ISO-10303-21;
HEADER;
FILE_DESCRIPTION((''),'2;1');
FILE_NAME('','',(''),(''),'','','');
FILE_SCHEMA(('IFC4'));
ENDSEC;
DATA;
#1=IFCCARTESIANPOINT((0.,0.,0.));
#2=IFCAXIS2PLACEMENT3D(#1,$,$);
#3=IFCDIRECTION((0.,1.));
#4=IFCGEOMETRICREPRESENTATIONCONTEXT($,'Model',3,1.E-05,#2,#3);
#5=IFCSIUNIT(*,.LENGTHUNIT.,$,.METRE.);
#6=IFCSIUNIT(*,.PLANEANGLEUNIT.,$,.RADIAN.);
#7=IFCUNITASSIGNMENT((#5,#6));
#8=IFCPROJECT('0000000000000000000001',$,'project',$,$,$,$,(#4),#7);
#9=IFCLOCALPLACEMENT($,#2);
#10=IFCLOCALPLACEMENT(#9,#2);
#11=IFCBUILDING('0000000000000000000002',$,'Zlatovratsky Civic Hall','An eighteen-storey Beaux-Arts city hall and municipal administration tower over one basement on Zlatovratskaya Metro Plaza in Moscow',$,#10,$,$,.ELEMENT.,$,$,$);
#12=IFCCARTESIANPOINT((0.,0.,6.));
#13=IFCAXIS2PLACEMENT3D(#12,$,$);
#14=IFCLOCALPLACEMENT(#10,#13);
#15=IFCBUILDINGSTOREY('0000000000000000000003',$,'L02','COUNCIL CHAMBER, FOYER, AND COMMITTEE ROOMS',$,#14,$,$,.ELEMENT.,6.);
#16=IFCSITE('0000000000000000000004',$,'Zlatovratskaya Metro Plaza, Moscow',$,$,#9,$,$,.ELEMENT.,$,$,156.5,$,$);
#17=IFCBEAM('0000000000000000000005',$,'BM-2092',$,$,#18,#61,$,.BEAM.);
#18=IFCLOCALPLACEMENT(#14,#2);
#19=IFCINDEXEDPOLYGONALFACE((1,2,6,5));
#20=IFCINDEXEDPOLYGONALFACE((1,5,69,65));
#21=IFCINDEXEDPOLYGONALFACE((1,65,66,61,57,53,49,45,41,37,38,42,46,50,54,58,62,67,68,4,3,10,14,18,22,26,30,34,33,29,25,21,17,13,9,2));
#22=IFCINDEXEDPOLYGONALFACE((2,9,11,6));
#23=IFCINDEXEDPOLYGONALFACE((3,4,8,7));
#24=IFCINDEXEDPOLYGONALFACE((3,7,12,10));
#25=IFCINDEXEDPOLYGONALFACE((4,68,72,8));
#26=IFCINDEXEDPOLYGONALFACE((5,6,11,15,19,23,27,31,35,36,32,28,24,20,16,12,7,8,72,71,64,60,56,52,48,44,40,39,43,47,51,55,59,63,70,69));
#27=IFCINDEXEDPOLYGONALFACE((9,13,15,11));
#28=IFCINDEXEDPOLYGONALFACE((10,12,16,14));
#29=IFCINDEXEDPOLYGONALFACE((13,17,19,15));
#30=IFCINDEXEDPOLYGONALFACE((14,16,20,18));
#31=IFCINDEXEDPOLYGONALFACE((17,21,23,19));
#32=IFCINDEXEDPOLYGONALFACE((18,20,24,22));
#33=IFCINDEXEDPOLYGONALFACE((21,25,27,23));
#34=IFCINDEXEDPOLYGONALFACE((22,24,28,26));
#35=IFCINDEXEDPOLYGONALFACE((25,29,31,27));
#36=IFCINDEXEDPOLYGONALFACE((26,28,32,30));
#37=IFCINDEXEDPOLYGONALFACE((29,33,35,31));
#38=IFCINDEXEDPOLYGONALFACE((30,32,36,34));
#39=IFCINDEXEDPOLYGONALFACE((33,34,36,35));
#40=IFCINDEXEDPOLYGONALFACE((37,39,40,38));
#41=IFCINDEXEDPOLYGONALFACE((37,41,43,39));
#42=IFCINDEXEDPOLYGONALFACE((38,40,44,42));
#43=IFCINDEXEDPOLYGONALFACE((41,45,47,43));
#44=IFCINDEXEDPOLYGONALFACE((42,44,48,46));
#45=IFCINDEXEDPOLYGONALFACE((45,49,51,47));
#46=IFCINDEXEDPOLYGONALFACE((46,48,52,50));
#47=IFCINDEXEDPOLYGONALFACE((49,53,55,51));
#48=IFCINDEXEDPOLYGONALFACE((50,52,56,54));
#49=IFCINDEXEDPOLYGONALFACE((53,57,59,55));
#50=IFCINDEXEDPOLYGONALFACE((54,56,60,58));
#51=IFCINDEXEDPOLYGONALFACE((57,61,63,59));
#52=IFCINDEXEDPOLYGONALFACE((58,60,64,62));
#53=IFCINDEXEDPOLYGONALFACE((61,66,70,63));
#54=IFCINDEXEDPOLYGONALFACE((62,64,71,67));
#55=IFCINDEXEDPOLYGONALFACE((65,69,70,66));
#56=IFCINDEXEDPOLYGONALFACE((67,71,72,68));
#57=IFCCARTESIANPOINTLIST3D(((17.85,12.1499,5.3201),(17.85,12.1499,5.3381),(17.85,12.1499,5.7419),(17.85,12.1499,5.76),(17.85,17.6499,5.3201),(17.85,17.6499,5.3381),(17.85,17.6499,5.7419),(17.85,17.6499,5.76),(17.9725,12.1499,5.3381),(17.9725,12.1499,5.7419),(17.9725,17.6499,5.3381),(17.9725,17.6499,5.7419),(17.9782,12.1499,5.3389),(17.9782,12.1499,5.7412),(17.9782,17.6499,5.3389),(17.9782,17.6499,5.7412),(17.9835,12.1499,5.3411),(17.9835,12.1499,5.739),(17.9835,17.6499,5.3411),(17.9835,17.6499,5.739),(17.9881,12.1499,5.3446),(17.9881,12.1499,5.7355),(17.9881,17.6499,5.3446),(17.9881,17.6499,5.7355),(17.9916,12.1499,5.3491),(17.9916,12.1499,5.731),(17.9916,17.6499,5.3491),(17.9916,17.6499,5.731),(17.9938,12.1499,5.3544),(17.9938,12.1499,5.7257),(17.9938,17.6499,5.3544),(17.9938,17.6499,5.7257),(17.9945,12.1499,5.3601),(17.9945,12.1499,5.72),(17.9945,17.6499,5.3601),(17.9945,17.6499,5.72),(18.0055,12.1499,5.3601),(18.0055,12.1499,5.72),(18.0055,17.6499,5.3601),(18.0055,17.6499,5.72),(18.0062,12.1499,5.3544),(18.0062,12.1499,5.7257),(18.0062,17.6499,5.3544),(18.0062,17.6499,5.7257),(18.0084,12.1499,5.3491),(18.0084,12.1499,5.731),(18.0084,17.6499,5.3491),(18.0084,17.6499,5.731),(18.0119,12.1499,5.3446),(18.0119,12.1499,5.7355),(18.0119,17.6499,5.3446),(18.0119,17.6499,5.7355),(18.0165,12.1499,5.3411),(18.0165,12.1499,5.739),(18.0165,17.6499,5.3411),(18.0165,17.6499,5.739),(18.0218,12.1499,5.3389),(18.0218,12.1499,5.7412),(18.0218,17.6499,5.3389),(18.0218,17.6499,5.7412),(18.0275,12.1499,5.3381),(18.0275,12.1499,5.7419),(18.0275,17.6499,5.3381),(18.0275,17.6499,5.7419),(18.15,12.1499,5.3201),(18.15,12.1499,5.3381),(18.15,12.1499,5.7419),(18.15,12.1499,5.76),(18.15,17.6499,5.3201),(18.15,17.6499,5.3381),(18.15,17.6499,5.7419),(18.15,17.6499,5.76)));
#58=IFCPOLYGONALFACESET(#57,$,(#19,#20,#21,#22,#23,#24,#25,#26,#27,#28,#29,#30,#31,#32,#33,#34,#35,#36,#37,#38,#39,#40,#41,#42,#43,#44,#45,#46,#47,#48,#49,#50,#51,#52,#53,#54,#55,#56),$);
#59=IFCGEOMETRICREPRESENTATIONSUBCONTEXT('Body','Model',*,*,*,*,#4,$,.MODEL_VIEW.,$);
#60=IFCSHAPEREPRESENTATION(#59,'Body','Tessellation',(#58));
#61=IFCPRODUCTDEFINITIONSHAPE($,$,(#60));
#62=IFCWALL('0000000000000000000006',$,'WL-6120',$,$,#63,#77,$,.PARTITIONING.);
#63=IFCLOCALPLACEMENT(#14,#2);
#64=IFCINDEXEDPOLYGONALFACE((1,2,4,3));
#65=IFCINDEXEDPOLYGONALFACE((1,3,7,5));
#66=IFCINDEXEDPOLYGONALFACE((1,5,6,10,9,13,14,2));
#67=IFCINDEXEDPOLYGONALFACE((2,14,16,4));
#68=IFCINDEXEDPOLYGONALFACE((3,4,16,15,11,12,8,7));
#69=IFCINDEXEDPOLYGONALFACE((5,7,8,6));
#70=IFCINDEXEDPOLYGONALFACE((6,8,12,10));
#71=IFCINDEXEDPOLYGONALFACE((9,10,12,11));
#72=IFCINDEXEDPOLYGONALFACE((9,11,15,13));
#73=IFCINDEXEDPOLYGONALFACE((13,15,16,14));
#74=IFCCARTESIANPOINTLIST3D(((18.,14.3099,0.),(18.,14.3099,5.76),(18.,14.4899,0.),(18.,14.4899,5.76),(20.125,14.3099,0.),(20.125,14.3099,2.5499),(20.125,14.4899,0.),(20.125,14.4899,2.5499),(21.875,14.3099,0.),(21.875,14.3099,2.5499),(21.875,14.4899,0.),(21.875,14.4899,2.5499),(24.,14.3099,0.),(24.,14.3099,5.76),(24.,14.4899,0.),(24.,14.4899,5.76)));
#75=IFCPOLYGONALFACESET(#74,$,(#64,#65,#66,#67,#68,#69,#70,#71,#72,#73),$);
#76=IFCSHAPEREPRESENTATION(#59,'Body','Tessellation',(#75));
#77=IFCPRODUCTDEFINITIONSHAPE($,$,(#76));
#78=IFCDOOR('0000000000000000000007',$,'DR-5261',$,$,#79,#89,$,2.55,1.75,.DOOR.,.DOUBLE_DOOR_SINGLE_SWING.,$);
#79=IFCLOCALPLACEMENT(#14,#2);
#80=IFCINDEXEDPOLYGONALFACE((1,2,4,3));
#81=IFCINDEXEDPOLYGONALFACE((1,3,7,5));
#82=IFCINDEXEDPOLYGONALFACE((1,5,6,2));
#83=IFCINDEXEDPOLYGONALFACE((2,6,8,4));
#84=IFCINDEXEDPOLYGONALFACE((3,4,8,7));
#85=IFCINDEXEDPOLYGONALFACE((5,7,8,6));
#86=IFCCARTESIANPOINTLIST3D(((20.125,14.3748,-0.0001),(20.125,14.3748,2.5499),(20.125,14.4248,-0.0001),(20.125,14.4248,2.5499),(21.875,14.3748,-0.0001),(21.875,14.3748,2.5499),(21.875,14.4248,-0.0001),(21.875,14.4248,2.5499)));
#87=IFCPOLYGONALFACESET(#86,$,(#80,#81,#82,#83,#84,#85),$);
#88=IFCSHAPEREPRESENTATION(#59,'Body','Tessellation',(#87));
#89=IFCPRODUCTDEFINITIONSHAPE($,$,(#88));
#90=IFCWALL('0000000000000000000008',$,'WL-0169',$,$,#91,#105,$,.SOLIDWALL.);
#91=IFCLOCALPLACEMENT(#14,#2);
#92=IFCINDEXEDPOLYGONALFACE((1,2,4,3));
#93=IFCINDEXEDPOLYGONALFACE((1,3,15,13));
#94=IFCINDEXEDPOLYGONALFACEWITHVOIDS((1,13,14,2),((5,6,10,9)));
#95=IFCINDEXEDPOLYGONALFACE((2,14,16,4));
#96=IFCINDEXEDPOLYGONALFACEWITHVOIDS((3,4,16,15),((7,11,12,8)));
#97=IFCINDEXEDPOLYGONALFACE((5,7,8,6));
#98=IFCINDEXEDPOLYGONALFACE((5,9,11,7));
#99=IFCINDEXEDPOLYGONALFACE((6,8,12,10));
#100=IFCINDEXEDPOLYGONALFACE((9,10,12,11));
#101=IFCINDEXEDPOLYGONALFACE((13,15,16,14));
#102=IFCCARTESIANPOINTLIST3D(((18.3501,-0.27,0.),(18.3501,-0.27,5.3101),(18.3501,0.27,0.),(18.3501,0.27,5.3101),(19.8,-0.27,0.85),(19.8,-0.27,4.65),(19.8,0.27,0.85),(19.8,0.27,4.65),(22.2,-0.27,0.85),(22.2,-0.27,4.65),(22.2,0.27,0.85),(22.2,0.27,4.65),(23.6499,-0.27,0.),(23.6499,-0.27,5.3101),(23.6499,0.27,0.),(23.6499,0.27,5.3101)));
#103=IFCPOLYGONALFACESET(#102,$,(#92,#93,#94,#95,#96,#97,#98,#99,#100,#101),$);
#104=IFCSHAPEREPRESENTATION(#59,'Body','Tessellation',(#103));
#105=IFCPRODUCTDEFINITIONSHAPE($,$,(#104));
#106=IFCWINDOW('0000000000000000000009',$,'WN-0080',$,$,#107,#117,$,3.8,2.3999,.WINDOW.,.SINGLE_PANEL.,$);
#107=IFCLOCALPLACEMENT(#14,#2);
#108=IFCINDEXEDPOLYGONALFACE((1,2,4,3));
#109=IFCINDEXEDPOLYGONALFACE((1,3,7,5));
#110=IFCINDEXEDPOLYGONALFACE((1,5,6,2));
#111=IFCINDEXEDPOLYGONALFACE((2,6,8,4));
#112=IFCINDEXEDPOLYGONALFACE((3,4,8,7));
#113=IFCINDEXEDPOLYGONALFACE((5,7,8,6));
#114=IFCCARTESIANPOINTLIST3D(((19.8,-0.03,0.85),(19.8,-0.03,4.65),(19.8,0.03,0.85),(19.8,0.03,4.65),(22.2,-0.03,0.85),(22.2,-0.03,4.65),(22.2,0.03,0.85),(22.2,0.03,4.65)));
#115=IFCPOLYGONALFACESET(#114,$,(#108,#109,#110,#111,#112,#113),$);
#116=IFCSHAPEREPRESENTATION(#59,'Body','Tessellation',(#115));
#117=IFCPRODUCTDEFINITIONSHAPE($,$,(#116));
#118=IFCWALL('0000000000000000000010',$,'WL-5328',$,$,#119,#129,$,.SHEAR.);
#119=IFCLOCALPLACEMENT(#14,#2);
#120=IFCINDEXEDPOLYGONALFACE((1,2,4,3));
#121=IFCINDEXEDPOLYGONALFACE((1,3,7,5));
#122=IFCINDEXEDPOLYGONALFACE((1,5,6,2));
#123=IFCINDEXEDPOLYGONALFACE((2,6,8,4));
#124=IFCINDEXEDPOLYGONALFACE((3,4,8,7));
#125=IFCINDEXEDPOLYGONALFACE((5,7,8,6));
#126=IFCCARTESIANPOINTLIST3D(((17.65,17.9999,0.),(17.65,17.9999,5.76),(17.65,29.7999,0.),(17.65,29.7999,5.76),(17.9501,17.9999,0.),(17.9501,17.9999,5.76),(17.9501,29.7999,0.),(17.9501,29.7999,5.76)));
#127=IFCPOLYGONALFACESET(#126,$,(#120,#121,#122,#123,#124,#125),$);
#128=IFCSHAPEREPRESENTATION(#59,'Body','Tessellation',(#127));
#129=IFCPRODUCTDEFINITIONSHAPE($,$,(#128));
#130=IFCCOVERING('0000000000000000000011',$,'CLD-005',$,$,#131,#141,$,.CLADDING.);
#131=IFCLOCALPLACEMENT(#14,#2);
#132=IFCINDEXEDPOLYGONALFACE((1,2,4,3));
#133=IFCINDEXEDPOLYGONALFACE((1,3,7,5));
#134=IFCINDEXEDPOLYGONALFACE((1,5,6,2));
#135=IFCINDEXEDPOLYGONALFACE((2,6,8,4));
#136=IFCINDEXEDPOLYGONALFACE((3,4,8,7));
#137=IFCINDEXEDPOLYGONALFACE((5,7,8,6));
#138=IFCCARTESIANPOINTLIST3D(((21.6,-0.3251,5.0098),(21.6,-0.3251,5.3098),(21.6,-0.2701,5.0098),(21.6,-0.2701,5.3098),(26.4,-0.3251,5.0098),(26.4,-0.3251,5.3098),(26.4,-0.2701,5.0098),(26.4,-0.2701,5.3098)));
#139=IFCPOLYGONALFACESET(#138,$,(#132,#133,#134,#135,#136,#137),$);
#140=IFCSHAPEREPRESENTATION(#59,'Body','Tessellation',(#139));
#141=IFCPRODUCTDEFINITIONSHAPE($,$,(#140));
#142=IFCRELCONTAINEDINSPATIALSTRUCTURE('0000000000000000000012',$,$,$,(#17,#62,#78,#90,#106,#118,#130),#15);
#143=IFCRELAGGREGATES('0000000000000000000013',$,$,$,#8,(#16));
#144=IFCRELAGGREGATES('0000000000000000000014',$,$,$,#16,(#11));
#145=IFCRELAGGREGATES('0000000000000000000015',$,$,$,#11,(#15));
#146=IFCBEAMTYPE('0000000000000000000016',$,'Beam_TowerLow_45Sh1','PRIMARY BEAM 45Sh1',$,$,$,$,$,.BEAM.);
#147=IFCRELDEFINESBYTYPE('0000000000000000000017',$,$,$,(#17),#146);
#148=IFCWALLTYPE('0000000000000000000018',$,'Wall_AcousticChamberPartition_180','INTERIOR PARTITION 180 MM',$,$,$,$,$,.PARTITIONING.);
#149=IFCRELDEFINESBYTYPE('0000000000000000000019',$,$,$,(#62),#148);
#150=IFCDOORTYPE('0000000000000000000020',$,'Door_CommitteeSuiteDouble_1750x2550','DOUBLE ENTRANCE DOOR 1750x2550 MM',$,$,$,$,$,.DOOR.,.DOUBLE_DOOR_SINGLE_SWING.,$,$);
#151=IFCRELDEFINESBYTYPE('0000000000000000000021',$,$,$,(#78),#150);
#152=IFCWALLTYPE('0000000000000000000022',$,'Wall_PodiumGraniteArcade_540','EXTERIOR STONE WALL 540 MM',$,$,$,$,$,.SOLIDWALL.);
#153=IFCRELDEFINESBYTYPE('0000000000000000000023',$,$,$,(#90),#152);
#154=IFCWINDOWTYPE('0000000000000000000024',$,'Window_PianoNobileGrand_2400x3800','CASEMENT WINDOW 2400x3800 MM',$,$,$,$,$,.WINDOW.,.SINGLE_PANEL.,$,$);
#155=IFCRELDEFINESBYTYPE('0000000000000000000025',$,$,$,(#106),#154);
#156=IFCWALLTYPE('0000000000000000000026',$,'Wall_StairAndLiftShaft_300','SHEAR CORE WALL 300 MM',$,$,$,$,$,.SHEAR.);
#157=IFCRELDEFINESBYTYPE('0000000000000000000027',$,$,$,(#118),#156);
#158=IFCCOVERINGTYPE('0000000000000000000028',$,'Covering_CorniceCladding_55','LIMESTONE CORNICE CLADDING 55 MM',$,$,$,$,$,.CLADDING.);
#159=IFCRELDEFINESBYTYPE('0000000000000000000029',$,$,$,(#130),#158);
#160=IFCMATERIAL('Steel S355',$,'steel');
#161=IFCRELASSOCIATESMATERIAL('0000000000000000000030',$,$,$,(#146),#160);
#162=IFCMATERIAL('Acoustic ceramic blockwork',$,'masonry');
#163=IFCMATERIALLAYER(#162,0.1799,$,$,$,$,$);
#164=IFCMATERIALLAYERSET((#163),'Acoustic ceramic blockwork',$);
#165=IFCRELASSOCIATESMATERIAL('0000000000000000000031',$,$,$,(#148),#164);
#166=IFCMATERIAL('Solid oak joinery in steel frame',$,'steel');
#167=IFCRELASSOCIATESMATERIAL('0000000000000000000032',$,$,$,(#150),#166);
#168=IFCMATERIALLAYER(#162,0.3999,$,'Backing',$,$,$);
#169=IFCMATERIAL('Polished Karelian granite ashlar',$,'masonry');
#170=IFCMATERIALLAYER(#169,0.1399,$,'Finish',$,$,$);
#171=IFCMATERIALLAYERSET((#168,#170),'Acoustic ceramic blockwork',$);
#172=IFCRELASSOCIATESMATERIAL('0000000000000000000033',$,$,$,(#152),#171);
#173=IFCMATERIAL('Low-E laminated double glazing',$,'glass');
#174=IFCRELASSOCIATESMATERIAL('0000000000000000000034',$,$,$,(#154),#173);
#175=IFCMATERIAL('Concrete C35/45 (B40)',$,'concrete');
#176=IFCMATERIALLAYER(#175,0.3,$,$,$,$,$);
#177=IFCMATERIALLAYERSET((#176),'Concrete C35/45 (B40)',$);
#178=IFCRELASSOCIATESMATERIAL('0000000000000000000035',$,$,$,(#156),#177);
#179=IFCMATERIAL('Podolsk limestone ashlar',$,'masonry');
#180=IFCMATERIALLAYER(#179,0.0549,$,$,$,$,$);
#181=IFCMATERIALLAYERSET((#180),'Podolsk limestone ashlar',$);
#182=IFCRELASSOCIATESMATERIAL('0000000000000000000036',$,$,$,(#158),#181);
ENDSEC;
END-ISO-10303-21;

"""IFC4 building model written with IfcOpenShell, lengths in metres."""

from ifc_helpers import new_model, si_unit, direction, frame, frame_2d, origin, origin_2d, place, context, subcontext, project, spatial, rectangle, i_section, extrude, material, layer, layer_set, material_profile, profile_set, type_object, element, fill, save


model = new_model("IFC4")

# Units and contexts
model_context = context("Model", 3, precision=1e-05, world=origin(), true_north=direction((0.0, 1.0)))
body_context = subcontext(model_context, "Body", "Model", "MODEL_VIEW")
ifc_project = project(units=[si_unit("LENGTHUNIT", "METRE"), si_unit("PLANEANGLEUNIT", "RADIAN")], contexts=[model_context])

# Site, building, storey
site_placement = place(None, origin())
site = spatial("IfcSite", under=ifc_project, at=site_placement, Name="Zlatovratskaya Metro Plaza, Moscow", CompositionType="ELEMENT", RefElevation=156.5)
building_placement = place(site_placement, origin())
building = spatial("IfcBuilding", under=site, at=building_placement, Name="Zlatovratsky Civic Hall", Description="An eighteen-storey Beaux-Arts city hall and municipal administration tower over one basement on Zlatovratskaya Metro Plaza in Moscow", CompositionType="ELEMENT")
storey_placement = place(building_placement, frame((0.0, 0.0, 6.0)))
storey = spatial("IfcBuildingStorey", under=building, at=storey_placement, Name="L02", Description="COUNCIL CHAMBER, FOYER, AND COMMITTEE ROOMS", CompositionType="ELEMENT", Elevation=6.0)

# Shared definitions
ifc_material_1 = material(Name="Concrete C35/45 (B40)", Category="concrete")
ifc_material_2 = material(Name="Steel S355", Category="steel")

# Beam
ifc_material_profile_1 = material_profile(ifc_material_2, i_section(OverallWidth=0.3, OverallDepth=0.4399, WebThickness=0.011, FlangeThickness=0.0181, FilletRadius=0.022, at=origin_2d()), Name="45Sh1")
ifc_profile_set_1 = profile_set([ifc_material_profile_1], Name="Steel S355")
beam_type_1 = type_object("IfcBeamType", Name="Beam_TowerLow_45Sh1", Description="PRIMARY BEAM 45Sh1", PredefinedType="BEAM", material=ifc_profile_set_1)
for number, where, z_axis, x_axis, name in (
    (1, (18.0, 12.1499, 5.54), (0.0, 1.0, 0.0), (-1.0, 0.0, 0.0), "BM-2092"),
):
    element("IfcBeam", number, at=place(storey_placement, frame(where, z_axis=z_axis, x_axis=x_axis)), inside=storey, type_object=beam_type_1, Name=name, PredefinedType="BEAM", context=body_context, shape_type="SweptSolid", body=[
        extrude(i_section(OverallWidth=0.3, OverallDepth=0.4399, WebThickness=0.011, FlangeThickness=0.0181, FilletRadius=0.022, at=origin_2d()), origin(), (0.0, 0.0, 1.0), 5.5),
    ])

# Wall, opening, door
ifc_material_3 = material(Name="Acoustic ceramic blockwork", Category="masonry")
ifc_layer_1 = layer(ifc_material_3, 0.1799)
ifc_layer_set_1 = layer_set([ifc_layer_1], Name="Acoustic ceramic blockwork")
wall_type_1 = type_object("IfcWallType", Name="Wall_AcousticChamberPartition_180", Description="INTERIOR PARTITION 180 MM", PredefinedType="PARTITIONING", material=ifc_layer_set_1)
wall_1_placement = place(storey_placement, frame((18.0, 14.3999, 0.0), z_axis=(0.0, 0.0, 1.0), x_axis=(1.0, 0.0, 0.0)))
wall_1 = element("IfcWall", 2, at=wall_1_placement, inside=storey, type_object=wall_type_1, Name="WL-6120", PredefinedType="PARTITIONING", context=body_context, shape_type="SweptSolid", body=[
    extrude(rectangle(XDim=6.0, YDim=0.1799, at=frame_2d((3.0, 0.0))), origin(), (0.0, 0.0, 1.0), 5.76),
])
opening_1_placement = place(wall_1_placement, frame((2.125, 0.0, 0.0)))
opening_1 = element("IfcOpeningElement", 3, at=opening_1_placement, cuts=wall_1, PredefinedType="OPENING", context=body_context, shape_type="SweptSolid", body=[
    extrude(rectangle(XDim=1.75, YDim=2.55, at=frame_2d((0.875, 1.2749))), frame((0.0, 0.105, 0.0), z_axis=(0.0, -1.0, 0.0), x_axis=(1.0, 0.0, 0.0)), (0.0, 0.0, 1.0), 0.2097),
])
ifc_material_4 = material(Name="Solid oak joinery in steel frame", Category="steel")
door_type = type_object("IfcDoorType", Name="Door_CommitteeSuiteDouble_1750x2550", Description="DOUBLE ENTRANCE DOOR 1750x2550 MM", OperationType="DOUBLE_DOOR_SINGLE_SWING", PredefinedType="DOOR", material=ifc_material_4)
door_placement = place(opening_1_placement, origin())
door = element("IfcDoor", 4, at=door_placement, inside=storey, type_object=door_type, Name="DR-5261", OperationType="DOUBLE_DOOR_SINGLE_SWING", OverallHeight=2.55, OverallWidth=1.75, PredefinedType="DOOR", context=body_context, shape_type="SweptSolid", body=[
    extrude(rectangle(XDim=1.75, YDim=2.55, at=frame_2d((0.875, 1.2749))), frame((0.0, 0.0249, 0.0), z_axis=(0.0, -1.0, 0.0), x_axis=(1.0, 0.0, 0.0)), (0.0, 0.0, 1.0), 0.05),
])
fill(opening_1, door)

# Wall, opening, window
ifc_layer_2 = layer(ifc_material_3, 0.3999, Name="Backing")
ifc_material_5 = material(Name="Polished Karelian granite ashlar", Category="masonry")
ifc_layer_3 = layer(ifc_material_5, 0.1399, Name="Finish")
ifc_layer_set_2 = layer_set([ifc_layer_2, ifc_layer_3], Name="Acoustic ceramic blockwork")
wall_type_2 = type_object("IfcWallType", Name="Wall_PodiumGraniteArcade_540", Description="EXTERIOR STONE WALL 540 MM", PredefinedType="SOLIDWALL", material=ifc_layer_set_2)
wall_2_placement = place(storey_placement, frame((18.3501, 0.0, 0.0), z_axis=(0.0, 0.0, 1.0), x_axis=(1.0, 0.0, 0.0)))
wall_2 = element("IfcWall", 5, at=wall_2_placement, inside=storey, type_object=wall_type_2, Name="WL-0169", PredefinedType="SOLIDWALL", context=body_context, shape_type="SweptSolid", body=[
    extrude(rectangle(XDim=5.2998, YDim=0.54, at=frame_2d((2.6499, 0.0))), origin(), (0.0, 0.0, 1.0), 5.3101),
])
opening_2_placement = place(wall_2_placement, frame((1.45, 0.0, 0.8501)))
opening_2 = element("IfcOpeningElement", 6, at=opening_2_placement, cuts=wall_2, PredefinedType="OPENING", context=body_context, shape_type="SweptSolid", body=[
    extrude(rectangle(XDim=2.3999, YDim=3.8, at=frame_2d((1.2, 1.8999))), frame((0.0, 0.2849, 0.0), z_axis=(0.0, -1.0, 0.0), x_axis=(1.0, 0.0, 0.0)), (0.0, 0.0, 1.0), 0.5698),
])
ifc_material_6 = material(Name="Low-E laminated double glazing", Category="glass")
window_type = type_object("IfcWindowType", Name="Window_PianoNobileGrand_2400x3800", Description="CASEMENT WINDOW 2400x3800 MM", PartitioningType="SINGLE_PANEL", PredefinedType="WINDOW", material=ifc_material_6)
window_placement = place(opening_2_placement, origin())
window = element("IfcWindow", 7, at=window_placement, inside=storey, type_object=window_type, Name="WN-0080", OverallHeight=3.8, OverallWidth=2.3999, PartitioningType="SINGLE_PANEL", PredefinedType="WINDOW", context=body_context, shape_type="SweptSolid", body=[
    extrude(rectangle(XDim=2.3999, YDim=3.8, at=frame_2d((1.2, 1.8999))), frame((0.0, 0.03, 0.0), z_axis=(0.0, -1.0, 0.0), x_axis=(1.0, 0.0, 0.0)), (0.0, 0.0, 1.0), 0.0601),
])
fill(opening_2, window)

# Wall
ifc_layer_4 = layer(ifc_material_1, 0.3)
ifc_layer_set_3 = layer_set([ifc_layer_4], Name="Concrete C35/45 (B40)")
wall_type_3 = type_object("IfcWallType", Name="Wall_StairAndLiftShaft_300", Description="SHEAR CORE WALL 300 MM", PredefinedType="SHEAR", material=ifc_layer_set_3)
wall_3_placement = place(storey_placement, frame((17.8, 18.0, 0.0), z_axis=(0.0, 0.0, 1.0), x_axis=(0.0, 1.0, 0.0)))
element("IfcWall", 8, at=wall_3_placement, inside=storey, type_object=wall_type_3, Name="WL-5328", PredefinedType="SHEAR", context=body_context, shape_type="SweptSolid", body=[
    extrude(rectangle(XDim=11.8, YDim=0.3, at=frame_2d((5.8999, 0.0))), origin(), (0.0, 0.0, 1.0), 5.76),
])

# Covering
ifc_material_7 = material(Name="Podolsk limestone ashlar", Category="masonry")
ifc_layer_5 = layer(ifc_material_7, 0.0549)
ifc_layer_set_4 = layer_set([ifc_layer_5], Name="Podolsk limestone ashlar")
covering_type = type_object("IfcCoveringType", Name="Covering_CorniceCladding_55", Description="LIMESTONE CORNICE CLADDING 55 MM", PredefinedType="CLADDING", material=ifc_layer_set_4)
covering_placement = place(storey_placement, frame((24.0, -0.2976, 5.0098), z_axis=(0.0, 0.0, 1.0), x_axis=(1.0, 0.0, 0.0)))
element("IfcCovering", 9, at=covering_placement, inside=storey, type_object=covering_type, Name="CLD-005", PredefinedType="CLADDING", context=body_context, shape_type="SweptSolid", body=[
    extrude(rectangle(XDim=4.8, YDim=0.0549, at=origin_2d()), origin(), (0.0, 0.0, 1.0), 0.3),
])

save(model, "model.ifc")
